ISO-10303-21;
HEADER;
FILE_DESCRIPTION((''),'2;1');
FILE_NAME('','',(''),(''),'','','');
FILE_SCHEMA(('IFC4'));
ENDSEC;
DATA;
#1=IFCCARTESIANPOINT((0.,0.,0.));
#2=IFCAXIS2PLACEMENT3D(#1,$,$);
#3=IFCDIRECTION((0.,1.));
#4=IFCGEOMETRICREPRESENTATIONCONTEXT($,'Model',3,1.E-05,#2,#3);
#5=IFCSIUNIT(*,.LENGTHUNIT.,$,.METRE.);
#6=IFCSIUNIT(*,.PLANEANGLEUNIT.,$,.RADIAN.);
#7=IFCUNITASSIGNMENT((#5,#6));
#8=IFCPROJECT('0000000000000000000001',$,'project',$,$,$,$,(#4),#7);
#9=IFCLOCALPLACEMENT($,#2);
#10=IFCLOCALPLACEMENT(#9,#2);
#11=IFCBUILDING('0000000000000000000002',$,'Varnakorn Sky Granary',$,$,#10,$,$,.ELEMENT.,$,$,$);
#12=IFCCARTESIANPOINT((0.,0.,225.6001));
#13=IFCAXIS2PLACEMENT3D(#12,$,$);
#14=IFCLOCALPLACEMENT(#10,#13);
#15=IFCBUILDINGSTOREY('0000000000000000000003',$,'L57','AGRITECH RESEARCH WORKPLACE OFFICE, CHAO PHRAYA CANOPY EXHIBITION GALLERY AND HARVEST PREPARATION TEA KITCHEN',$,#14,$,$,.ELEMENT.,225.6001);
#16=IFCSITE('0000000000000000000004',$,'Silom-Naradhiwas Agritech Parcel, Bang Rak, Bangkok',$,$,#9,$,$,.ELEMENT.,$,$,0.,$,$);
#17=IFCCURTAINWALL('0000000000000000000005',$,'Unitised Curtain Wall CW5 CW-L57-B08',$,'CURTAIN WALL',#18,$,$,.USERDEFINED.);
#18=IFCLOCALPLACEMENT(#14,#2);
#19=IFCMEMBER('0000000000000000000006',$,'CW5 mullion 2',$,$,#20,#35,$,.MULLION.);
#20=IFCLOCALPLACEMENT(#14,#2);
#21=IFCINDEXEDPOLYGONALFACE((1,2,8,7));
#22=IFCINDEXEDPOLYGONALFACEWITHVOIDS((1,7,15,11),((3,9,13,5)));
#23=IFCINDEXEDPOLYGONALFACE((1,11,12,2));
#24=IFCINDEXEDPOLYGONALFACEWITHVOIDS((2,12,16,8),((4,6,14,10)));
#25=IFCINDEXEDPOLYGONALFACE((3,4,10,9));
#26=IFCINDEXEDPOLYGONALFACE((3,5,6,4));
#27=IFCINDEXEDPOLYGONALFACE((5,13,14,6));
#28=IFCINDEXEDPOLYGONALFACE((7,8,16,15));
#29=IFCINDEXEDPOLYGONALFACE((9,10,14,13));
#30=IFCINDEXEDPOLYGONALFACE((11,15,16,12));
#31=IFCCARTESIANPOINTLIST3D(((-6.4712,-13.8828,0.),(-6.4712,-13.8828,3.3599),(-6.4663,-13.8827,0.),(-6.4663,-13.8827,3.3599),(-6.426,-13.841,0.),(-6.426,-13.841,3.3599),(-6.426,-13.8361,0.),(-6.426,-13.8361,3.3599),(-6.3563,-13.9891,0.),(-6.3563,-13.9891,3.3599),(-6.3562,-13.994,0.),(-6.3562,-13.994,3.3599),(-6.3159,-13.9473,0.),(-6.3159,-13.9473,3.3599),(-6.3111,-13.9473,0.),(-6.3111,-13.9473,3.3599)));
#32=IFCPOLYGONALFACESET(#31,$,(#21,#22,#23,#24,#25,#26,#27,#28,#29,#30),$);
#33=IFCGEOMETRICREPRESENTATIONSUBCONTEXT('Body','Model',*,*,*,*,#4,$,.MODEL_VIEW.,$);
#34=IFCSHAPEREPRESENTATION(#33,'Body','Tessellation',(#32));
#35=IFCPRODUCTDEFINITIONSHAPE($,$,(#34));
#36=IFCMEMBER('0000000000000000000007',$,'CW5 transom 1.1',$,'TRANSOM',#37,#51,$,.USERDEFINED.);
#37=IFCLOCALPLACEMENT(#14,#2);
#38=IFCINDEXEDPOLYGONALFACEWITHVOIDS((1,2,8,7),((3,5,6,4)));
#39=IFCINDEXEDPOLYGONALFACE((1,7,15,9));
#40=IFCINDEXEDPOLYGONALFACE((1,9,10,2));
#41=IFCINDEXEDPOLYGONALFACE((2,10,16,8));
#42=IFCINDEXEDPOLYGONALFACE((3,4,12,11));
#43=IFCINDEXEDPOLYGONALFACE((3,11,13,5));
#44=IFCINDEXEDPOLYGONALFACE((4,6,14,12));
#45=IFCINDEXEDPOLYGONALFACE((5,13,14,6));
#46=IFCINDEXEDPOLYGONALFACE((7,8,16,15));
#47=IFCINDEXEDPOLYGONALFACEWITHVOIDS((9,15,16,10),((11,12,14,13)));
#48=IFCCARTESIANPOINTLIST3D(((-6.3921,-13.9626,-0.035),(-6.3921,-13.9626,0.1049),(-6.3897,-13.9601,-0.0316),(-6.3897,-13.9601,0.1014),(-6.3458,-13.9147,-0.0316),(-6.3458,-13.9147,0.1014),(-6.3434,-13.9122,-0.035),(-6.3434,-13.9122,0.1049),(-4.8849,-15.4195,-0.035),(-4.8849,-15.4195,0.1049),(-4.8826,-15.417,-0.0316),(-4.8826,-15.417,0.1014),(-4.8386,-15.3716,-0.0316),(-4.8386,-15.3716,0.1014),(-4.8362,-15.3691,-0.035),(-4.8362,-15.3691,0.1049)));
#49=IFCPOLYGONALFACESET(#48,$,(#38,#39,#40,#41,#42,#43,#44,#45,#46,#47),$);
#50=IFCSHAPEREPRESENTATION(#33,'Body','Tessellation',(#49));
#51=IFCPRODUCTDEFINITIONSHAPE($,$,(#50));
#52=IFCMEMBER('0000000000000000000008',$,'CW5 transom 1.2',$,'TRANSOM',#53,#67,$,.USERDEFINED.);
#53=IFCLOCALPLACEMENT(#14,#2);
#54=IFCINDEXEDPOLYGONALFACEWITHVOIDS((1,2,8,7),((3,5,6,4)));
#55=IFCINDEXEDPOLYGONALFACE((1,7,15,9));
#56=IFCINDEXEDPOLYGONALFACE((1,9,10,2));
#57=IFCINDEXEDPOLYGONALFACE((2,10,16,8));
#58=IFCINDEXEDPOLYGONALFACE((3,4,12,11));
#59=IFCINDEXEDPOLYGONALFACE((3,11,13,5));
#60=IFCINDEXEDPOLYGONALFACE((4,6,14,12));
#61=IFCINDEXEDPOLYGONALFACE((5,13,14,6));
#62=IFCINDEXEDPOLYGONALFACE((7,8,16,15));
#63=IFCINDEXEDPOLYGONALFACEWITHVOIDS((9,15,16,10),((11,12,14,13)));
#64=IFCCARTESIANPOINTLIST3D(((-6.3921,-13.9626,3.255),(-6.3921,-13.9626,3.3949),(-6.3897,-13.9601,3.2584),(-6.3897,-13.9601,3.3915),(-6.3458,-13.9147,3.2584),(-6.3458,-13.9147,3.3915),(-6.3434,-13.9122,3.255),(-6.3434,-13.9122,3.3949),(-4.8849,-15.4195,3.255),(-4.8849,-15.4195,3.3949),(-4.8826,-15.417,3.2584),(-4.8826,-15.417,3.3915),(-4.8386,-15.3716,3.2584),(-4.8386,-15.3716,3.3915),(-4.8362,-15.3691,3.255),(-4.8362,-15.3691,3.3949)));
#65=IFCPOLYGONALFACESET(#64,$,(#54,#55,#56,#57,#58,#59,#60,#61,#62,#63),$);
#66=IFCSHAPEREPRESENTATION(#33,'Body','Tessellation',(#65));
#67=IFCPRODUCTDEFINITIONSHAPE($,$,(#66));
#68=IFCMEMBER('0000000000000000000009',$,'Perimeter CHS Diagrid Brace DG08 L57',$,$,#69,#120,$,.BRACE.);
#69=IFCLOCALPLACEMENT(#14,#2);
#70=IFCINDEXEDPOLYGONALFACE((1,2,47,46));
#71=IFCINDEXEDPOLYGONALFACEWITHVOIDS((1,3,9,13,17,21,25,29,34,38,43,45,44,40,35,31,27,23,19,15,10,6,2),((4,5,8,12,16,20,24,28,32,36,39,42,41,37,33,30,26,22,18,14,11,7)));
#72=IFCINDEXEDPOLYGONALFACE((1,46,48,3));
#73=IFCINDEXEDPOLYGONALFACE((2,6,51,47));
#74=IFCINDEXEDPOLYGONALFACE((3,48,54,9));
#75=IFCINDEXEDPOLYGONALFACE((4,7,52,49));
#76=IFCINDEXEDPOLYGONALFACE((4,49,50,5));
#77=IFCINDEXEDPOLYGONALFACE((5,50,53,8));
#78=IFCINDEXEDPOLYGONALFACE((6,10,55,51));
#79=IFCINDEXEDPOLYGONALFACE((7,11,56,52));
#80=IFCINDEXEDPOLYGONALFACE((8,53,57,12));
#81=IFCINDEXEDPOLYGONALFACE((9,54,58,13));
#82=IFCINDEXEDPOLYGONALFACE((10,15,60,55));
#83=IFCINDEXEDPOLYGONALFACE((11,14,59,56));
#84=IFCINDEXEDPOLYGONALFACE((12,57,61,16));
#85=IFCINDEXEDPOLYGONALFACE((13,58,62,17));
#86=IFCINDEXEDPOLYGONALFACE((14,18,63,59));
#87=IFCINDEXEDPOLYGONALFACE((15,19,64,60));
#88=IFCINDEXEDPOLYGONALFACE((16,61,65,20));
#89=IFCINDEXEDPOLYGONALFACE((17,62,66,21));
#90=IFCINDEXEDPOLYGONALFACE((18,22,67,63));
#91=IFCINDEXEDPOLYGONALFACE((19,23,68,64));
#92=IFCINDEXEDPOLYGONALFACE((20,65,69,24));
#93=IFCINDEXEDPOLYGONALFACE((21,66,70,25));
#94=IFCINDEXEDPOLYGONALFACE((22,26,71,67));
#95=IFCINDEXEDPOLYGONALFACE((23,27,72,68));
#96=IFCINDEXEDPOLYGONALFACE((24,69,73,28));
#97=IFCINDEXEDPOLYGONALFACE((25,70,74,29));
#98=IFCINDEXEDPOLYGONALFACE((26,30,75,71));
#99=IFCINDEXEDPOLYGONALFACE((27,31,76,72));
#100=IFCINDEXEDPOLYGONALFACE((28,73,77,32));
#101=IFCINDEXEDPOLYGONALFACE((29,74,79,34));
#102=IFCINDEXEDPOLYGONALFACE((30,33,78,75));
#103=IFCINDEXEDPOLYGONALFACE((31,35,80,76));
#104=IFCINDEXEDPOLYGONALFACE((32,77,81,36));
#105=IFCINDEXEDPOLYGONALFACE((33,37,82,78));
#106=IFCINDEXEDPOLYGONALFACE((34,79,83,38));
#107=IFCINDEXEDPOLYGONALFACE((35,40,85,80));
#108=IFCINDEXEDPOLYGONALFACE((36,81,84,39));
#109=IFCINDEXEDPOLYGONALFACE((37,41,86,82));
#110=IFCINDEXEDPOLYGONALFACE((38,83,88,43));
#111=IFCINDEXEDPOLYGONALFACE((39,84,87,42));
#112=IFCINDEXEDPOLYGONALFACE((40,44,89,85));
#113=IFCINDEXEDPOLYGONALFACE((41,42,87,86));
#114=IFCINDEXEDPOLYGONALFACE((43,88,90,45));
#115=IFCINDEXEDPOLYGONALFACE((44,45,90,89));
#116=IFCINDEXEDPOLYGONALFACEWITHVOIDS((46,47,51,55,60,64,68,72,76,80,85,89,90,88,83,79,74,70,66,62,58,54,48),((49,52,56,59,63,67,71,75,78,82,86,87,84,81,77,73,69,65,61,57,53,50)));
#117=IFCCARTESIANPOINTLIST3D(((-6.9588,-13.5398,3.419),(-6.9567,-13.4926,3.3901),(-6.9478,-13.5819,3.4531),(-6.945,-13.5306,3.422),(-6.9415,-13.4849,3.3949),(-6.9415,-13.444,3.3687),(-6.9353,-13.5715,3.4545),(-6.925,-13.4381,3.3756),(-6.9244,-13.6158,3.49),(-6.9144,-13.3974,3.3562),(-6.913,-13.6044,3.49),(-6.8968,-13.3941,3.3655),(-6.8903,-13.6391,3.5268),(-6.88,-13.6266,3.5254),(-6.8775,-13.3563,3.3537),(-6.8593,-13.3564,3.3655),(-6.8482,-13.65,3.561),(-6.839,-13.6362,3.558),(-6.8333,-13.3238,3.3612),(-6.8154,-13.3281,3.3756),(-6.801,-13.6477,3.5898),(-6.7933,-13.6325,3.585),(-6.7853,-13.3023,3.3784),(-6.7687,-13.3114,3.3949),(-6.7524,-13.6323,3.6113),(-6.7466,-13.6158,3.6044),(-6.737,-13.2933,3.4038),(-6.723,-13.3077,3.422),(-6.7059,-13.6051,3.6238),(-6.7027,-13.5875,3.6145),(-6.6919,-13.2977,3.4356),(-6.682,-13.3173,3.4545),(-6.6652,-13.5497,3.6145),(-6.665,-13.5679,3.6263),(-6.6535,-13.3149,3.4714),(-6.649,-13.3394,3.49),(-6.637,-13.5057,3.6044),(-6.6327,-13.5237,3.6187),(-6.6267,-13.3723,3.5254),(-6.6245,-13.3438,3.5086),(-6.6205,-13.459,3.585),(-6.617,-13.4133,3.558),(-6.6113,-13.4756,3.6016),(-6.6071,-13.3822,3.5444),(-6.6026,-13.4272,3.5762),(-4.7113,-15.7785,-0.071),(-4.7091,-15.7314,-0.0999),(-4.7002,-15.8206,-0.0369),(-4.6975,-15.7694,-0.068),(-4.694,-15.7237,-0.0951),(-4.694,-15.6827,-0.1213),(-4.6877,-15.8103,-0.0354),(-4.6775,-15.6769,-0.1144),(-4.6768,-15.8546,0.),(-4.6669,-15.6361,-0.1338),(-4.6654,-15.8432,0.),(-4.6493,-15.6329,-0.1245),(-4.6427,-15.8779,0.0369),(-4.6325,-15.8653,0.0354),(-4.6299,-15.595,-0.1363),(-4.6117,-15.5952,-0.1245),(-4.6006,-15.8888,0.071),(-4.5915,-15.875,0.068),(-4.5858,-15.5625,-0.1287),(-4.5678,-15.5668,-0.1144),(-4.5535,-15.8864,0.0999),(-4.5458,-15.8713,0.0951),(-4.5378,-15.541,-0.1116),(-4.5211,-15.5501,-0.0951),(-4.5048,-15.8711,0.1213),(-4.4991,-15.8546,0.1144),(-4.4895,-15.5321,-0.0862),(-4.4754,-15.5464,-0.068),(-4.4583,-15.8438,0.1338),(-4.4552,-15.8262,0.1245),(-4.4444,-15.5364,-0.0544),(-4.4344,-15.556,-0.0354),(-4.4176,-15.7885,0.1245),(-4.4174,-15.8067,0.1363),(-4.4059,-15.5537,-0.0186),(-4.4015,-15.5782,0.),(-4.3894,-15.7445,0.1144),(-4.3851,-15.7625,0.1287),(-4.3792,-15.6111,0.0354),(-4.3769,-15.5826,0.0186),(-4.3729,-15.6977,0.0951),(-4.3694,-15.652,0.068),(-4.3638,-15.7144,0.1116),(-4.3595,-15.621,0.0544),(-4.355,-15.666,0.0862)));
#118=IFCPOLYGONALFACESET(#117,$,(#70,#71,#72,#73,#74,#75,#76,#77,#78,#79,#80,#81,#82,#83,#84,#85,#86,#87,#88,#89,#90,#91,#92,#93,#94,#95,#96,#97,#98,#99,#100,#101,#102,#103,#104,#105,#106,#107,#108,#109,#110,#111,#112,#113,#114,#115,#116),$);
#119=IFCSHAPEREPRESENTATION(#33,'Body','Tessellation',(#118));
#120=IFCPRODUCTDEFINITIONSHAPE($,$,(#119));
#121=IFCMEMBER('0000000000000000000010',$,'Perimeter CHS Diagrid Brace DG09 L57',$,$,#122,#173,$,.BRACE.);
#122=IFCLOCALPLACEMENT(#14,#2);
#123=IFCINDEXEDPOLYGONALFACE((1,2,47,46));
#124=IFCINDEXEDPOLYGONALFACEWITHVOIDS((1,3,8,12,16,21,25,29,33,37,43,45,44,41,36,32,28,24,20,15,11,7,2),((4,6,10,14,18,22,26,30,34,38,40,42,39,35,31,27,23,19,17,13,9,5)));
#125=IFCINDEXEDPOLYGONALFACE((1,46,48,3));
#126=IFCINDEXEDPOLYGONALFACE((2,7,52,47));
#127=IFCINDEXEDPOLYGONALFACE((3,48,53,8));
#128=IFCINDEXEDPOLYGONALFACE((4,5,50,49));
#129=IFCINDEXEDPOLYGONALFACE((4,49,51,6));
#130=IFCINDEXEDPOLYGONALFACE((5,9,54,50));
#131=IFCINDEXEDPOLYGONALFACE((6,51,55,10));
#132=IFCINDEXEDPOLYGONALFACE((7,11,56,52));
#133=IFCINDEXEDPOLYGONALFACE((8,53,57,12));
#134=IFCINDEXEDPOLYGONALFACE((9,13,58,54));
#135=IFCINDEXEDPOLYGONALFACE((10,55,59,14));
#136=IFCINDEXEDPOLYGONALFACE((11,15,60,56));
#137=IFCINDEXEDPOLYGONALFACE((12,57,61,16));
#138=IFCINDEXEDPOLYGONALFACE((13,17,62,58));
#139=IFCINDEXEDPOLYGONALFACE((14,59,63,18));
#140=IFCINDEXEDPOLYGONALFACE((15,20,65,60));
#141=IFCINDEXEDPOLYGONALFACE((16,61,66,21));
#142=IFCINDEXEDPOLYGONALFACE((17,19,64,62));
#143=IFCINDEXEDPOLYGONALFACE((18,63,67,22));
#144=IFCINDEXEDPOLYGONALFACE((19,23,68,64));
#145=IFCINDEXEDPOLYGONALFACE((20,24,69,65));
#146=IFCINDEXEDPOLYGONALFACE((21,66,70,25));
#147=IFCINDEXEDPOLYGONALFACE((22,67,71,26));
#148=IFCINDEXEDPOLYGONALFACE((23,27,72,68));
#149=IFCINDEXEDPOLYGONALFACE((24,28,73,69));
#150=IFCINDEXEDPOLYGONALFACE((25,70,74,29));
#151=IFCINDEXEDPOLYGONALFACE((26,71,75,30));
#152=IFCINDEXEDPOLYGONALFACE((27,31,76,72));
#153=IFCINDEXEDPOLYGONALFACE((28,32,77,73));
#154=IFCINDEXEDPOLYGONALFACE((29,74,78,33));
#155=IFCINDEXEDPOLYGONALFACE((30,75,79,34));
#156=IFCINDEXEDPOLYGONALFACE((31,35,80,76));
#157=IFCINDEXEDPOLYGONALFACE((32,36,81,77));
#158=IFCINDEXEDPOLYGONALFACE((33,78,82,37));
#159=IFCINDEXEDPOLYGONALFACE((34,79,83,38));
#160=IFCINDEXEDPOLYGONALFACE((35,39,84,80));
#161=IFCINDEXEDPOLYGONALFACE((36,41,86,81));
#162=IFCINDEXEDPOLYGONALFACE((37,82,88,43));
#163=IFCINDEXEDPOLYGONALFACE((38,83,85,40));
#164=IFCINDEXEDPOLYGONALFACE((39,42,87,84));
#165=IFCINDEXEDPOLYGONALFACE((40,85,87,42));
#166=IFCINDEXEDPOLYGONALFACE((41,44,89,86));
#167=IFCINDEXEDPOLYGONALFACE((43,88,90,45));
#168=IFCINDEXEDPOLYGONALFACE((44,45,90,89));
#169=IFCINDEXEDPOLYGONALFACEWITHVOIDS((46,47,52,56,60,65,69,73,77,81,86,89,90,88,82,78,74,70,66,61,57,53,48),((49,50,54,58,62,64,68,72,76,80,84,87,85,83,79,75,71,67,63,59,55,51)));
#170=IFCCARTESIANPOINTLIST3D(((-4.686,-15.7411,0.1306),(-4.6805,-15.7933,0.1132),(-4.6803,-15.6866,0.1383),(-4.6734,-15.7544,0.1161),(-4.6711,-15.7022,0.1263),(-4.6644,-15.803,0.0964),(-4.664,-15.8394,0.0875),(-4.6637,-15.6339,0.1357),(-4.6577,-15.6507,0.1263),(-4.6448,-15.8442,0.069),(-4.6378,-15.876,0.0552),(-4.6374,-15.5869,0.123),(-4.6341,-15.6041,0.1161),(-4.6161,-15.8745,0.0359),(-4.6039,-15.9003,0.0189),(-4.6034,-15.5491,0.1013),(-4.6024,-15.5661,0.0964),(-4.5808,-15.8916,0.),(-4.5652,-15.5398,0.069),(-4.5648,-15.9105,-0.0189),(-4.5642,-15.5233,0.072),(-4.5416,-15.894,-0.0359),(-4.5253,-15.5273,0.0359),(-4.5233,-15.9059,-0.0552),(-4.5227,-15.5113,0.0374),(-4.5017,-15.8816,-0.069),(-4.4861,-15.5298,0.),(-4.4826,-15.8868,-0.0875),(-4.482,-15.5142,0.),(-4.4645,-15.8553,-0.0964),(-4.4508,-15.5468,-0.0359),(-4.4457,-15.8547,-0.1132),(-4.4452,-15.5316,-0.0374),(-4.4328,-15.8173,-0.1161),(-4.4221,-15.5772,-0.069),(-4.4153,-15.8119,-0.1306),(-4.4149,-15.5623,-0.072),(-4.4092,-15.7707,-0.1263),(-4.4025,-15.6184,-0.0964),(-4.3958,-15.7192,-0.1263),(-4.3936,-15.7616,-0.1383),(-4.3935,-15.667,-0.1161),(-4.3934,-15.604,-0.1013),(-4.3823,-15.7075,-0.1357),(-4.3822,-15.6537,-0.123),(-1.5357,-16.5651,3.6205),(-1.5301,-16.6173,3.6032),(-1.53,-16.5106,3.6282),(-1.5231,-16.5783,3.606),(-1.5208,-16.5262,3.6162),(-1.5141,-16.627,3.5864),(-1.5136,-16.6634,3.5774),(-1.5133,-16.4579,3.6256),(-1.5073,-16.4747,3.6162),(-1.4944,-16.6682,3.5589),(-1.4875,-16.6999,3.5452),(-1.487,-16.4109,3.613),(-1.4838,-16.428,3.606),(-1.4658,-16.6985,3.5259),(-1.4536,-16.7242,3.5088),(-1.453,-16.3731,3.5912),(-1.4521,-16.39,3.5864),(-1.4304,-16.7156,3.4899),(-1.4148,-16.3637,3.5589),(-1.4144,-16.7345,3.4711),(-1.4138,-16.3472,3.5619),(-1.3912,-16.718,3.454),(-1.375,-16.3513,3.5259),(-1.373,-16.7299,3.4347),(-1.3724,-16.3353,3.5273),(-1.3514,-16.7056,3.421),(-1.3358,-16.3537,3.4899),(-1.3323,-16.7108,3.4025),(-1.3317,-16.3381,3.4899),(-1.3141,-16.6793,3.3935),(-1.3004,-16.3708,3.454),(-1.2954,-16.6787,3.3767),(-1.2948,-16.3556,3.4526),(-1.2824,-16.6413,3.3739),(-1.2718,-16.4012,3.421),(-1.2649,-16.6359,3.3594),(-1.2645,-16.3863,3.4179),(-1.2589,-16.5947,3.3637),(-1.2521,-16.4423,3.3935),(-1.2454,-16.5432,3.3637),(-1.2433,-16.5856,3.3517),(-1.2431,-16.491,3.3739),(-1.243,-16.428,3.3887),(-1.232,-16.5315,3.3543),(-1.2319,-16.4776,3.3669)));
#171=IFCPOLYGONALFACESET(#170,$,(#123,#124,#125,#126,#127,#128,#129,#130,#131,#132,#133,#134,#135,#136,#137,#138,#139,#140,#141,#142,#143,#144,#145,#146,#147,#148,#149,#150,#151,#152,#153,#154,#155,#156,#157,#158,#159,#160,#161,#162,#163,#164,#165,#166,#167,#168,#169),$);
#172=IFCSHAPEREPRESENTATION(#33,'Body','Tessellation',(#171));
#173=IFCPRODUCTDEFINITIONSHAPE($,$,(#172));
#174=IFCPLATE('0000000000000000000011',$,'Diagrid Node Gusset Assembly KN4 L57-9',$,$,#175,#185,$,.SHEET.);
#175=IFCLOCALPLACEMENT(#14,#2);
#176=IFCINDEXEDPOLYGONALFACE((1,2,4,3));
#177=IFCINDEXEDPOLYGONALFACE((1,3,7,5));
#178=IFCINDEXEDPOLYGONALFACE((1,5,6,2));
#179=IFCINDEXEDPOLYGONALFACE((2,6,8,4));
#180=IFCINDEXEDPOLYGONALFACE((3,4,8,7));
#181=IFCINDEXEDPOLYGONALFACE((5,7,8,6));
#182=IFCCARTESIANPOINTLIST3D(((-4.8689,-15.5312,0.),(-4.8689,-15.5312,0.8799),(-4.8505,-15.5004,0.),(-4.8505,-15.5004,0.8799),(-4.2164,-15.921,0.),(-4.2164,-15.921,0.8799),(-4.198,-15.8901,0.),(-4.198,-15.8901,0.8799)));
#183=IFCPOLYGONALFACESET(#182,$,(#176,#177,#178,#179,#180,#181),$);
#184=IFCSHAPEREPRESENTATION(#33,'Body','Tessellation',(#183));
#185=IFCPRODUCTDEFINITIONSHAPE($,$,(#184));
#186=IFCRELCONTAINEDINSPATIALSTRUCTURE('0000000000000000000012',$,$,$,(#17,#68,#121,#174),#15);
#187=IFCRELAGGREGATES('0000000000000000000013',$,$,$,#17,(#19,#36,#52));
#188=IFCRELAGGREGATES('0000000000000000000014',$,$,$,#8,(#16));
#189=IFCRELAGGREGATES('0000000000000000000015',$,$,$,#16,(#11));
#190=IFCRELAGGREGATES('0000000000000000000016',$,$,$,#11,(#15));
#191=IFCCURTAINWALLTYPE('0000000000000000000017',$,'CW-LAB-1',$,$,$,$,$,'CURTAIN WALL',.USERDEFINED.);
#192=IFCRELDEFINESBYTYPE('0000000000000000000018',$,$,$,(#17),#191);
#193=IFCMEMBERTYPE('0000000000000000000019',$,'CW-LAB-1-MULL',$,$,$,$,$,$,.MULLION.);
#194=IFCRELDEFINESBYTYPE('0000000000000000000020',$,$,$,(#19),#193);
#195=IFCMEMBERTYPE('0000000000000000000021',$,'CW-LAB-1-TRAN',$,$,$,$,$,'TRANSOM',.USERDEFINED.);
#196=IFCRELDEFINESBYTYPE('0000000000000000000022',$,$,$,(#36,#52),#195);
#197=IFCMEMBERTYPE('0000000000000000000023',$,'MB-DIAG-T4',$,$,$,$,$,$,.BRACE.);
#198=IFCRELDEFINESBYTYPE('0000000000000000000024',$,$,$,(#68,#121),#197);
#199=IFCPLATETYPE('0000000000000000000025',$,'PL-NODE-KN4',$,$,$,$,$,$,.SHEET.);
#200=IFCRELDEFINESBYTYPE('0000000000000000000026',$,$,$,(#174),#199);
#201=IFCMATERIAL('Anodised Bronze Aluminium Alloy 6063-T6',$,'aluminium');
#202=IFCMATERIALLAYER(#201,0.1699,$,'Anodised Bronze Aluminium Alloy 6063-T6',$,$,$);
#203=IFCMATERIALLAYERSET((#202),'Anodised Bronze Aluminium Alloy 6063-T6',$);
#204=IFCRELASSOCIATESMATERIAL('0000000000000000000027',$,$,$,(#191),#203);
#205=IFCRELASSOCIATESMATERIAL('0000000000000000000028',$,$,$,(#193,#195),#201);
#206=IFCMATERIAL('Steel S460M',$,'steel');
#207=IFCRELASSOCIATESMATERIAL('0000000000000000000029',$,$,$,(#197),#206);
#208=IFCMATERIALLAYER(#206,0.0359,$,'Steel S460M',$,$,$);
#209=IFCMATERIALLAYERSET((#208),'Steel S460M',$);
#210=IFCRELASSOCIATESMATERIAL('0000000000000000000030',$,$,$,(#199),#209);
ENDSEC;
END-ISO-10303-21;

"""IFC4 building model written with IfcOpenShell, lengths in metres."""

from ifc_helpers import new_model, si_unit, direction, frame, origin, origin_2d, place, context, subcontext, project, spatial, rectangle, hollow_rectangle, hollow_circle, extrude, material, layer, layer_set, material_profile, profile_set, type_object, element, aggregate, save


model = new_model("IFC4")

# Units and contexts
model_context = context("Model", 3, precision=1e-05, world=origin(), true_north=direction((0.0, 1.0)))
body_context = subcontext(model_context, "Body", "Model", "MODEL_VIEW")
ifc_project = project(units=[si_unit("LENGTHUNIT", "METRE"), si_unit("PLANEANGLEUNIT", "RADIAN")], contexts=[model_context])

# Site, building, storey
site_placement = place(None, origin())
site = spatial("IfcSite", under=ifc_project, at=site_placement, Name="Silom-Naradhiwas Agritech Parcel, Bang Rak, Bangkok", CompositionType="ELEMENT", RefElevation=0.0)
building_placement = place(site_placement, origin())
building = spatial("IfcBuilding", under=site, at=building_placement, Name="Varnakorn Sky Granary", CompositionType="ELEMENT")
storey_placement = place(building_placement, frame((0.0, 0.0, 225.6001)))
storey = spatial("IfcBuildingStorey", under=building, at=storey_placement, Name="L57", Description="AGRITECH RESEARCH WORKPLACE OFFICE, CHAO PHRAYA CANOPY EXHIBITION GALLERY AND HARVEST PREPARATION TEA KITCHEN", CompositionType="ELEMENT", Elevation=225.6001)

# Shared definitions
ifc_material_1 = material(Name="Steel S460M", Category="steel")

# Curtain wall, members
ifc_material_2 = material(Name="Anodised Bronze Aluminium Alloy 6063-T6", Category="aluminium")
ifc_layer_1 = layer(ifc_material_2, 0.1699, Name="Anodised Bronze Aluminium Alloy 6063-T6")
ifc_layer_set_1 = layer_set([ifc_layer_1], Name="Anodised Bronze Aluminium Alloy 6063-T6")
curtain_wall_type = type_object("IfcCurtainWallType", Name="CW-LAB-1", ElementType="CURTAIN WALL", PredefinedType="USERDEFINED", material=ifc_layer_set_1)
curtain_wall_placement = place(storey_placement, origin())
curtain_wall = element("IfcCurtainWall", 1, at=curtain_wall_placement, inside=storey, type_object=curtain_wall_type, Name="Unitised Curtain Wall CW5 CW-L57-B08", ObjectType="CURTAIN WALL", PredefinedType="USERDEFINED")
ifc_material_profile_1 = material_profile(ifc_material_2, hollow_rectangle(XDim=0.0649, YDim=0.1599, WallThickness=0.0034, at=origin_2d()), Name="ALU MULL 65x160")
ifc_profile_set_1 = profile_set([ifc_material_profile_1], Name="Anodised Bronze Aluminium Alloy 6063-T6")
member_type_1 = type_object("IfcMemberType", Name="CW-LAB-1-MULL", PredefinedType="MULLION", material=ifc_profile_set_1)
member_1_placement = place(storey_placement, frame((-6.3911, -13.915, 0.0), z_axis=(0.0, 0.0, 1.0), x_axis=(-0.695009, -0.719001, 0.0)))
member_1 = element("IfcMember", 2, at=member_1_placement, type_object=member_type_1, Name="CW5 mullion 2", PredefinedType="MULLION", context=body_context, shape_type="SweptSolid", body=[
    extrude(hollow_rectangle(XDim=0.0649, YDim=0.1599, WallThickness=0.0034, at=origin_2d()), origin(), (0.0, 0.0, 1.0), 3.3599),
])
ifc_material_profile_2 = material_profile(ifc_material_2, hollow_rectangle(XDim=0.0701, YDim=0.1399, WallThickness=0.0034, at=origin_2d()), Name="ALU TRAN 70x140")
ifc_profile_set_2 = profile_set([ifc_material_profile_2], Name="Anodised Bronze Aluminium Alloy 6063-T6")
member_type_2 = type_object("IfcMemberType", Name="CW-LAB-1-TRAN", ElementType="TRANSOM", PredefinedType="USERDEFINED", material=ifc_profile_set_2)
member_2_placement = place(storey_placement, frame((-4.8606, -15.3943, 0.0349), z_axis=(-0.719002, 0.695008, 0.0), x_axis=(-0.695008, -0.719002, 0.0)))
member_2 = element("IfcMember", 3, at=member_2_placement, type_object=member_type_2, Name="CW5 transom 1.1", ObjectType="TRANSOM", PredefinedType="USERDEFINED", context=body_context, shape_type="SweptSolid", body=[
    extrude(hollow_rectangle(XDim=0.0701, YDim=0.1399, WallThickness=0.0034, at=origin_2d()), origin(), (0.0, 0.0, 1.0), 2.0962),
])
member_3_placement = place(storey_placement, frame((-4.8606, -15.3943, 3.325), z_axis=(-0.719002, 0.695008, 0.0), x_axis=(-0.695008, -0.719002, 0.0)))
member_3 = element("IfcMember", 4, at=member_3_placement, type_object=member_type_2, Name="CW5 transom 1.2", ObjectType="TRANSOM", PredefinedType="USERDEFINED", context=body_context, shape_type="SweptSolid", body=[
    extrude(hollow_rectangle(XDim=0.0701, YDim=0.1399, WallThickness=0.0034, at=origin_2d()), origin(), (0.0, 0.0, 1.0), 2.0962),
])

# Members
ifc_material_profile_3 = material_profile(ifc_material_1, hollow_circle(Radius=0.2031, WallThickness=0.0161, at=origin_2d()), Name="CHS 406.4x16")
ifc_profile_set_3 = profile_set([ifc_material_profile_3], Name="Steel S460M")
member_type_3 = type_object("IfcMemberType", Name="MB-DIAG-T4", PredefinedType="BRACE", material=ifc_profile_set_3)
member_4_placement = place(storey_placement, frame((-4.5334, -15.7107, 0.0), z_axis=(-0.47655, 0.474686, 0.739982), x_axis=(-0.70572, -0.708491, 0.0)))
element("IfcMember", 5, at=member_4_placement, inside=storey, type_object=member_type_3, Name="Perimeter CHS Diagrid Brace DG08 L57", PredefinedType="BRACE", context=body_context, shape_type="SweptSolid", body=[
    extrude(hollow_circle(Radius=0.2031, WallThickness=0.0161, at=origin_2d()), origin(), (0.0, 0.0, 1.0), 4.7163),
])
member_5_placement = place(storey_placement, frame((-4.5334, -15.7107, 0.0), z_axis=(0.660009, -0.172623, 0.731156), x_axis=(0.253035, 0.967457, 0.0)))
element("IfcMember", 6, at=member_5_placement, inside=storey, type_object=member_type_3, Name="Perimeter CHS Diagrid Brace DG09 L57", PredefinedType="BRACE", context=body_context, shape_type="SweptSolid", body=[
    extrude(hollow_circle(Radius=0.2031, WallThickness=0.0161, at=origin_2d()), origin(), (0.0, 0.0, 1.0), 4.7732),
])

# Plate
ifc_layer_2 = layer(ifc_material_1, 0.0359, Name="Steel S460M")
ifc_layer_set_2 = layer_set([ifc_layer_2], Name="Steel S460M")
plate_type_1 = type_object("IfcPlateType", Name="PL-NODE-KN4", PredefinedType="SHEET", material=ifc_layer_set_2)
plate_1_placement = place(storey_placement, frame((-4.5334, -15.7107, 0.0), z_axis=(0.0, 0.0, 1.0), x_axis=(0.858524, -0.512773, 0.0)))
element("IfcPlate", 7, at=plate_1_placement, inside=storey, type_object=plate_type_1, Name="Diagrid Node Gusset Assembly KN4 L57-9", PredefinedType="SHEET", context=body_context, shape_type="SweptSolid", body=[
    extrude(rectangle(XDim=0.76, YDim=0.0359, at=origin_2d()), origin(), (0.0, 0.0, 1.0), 0.8799),
])
aggregate(curtain_wall, [member_1, member_2, member_3])

save(model, "model.ifc")
